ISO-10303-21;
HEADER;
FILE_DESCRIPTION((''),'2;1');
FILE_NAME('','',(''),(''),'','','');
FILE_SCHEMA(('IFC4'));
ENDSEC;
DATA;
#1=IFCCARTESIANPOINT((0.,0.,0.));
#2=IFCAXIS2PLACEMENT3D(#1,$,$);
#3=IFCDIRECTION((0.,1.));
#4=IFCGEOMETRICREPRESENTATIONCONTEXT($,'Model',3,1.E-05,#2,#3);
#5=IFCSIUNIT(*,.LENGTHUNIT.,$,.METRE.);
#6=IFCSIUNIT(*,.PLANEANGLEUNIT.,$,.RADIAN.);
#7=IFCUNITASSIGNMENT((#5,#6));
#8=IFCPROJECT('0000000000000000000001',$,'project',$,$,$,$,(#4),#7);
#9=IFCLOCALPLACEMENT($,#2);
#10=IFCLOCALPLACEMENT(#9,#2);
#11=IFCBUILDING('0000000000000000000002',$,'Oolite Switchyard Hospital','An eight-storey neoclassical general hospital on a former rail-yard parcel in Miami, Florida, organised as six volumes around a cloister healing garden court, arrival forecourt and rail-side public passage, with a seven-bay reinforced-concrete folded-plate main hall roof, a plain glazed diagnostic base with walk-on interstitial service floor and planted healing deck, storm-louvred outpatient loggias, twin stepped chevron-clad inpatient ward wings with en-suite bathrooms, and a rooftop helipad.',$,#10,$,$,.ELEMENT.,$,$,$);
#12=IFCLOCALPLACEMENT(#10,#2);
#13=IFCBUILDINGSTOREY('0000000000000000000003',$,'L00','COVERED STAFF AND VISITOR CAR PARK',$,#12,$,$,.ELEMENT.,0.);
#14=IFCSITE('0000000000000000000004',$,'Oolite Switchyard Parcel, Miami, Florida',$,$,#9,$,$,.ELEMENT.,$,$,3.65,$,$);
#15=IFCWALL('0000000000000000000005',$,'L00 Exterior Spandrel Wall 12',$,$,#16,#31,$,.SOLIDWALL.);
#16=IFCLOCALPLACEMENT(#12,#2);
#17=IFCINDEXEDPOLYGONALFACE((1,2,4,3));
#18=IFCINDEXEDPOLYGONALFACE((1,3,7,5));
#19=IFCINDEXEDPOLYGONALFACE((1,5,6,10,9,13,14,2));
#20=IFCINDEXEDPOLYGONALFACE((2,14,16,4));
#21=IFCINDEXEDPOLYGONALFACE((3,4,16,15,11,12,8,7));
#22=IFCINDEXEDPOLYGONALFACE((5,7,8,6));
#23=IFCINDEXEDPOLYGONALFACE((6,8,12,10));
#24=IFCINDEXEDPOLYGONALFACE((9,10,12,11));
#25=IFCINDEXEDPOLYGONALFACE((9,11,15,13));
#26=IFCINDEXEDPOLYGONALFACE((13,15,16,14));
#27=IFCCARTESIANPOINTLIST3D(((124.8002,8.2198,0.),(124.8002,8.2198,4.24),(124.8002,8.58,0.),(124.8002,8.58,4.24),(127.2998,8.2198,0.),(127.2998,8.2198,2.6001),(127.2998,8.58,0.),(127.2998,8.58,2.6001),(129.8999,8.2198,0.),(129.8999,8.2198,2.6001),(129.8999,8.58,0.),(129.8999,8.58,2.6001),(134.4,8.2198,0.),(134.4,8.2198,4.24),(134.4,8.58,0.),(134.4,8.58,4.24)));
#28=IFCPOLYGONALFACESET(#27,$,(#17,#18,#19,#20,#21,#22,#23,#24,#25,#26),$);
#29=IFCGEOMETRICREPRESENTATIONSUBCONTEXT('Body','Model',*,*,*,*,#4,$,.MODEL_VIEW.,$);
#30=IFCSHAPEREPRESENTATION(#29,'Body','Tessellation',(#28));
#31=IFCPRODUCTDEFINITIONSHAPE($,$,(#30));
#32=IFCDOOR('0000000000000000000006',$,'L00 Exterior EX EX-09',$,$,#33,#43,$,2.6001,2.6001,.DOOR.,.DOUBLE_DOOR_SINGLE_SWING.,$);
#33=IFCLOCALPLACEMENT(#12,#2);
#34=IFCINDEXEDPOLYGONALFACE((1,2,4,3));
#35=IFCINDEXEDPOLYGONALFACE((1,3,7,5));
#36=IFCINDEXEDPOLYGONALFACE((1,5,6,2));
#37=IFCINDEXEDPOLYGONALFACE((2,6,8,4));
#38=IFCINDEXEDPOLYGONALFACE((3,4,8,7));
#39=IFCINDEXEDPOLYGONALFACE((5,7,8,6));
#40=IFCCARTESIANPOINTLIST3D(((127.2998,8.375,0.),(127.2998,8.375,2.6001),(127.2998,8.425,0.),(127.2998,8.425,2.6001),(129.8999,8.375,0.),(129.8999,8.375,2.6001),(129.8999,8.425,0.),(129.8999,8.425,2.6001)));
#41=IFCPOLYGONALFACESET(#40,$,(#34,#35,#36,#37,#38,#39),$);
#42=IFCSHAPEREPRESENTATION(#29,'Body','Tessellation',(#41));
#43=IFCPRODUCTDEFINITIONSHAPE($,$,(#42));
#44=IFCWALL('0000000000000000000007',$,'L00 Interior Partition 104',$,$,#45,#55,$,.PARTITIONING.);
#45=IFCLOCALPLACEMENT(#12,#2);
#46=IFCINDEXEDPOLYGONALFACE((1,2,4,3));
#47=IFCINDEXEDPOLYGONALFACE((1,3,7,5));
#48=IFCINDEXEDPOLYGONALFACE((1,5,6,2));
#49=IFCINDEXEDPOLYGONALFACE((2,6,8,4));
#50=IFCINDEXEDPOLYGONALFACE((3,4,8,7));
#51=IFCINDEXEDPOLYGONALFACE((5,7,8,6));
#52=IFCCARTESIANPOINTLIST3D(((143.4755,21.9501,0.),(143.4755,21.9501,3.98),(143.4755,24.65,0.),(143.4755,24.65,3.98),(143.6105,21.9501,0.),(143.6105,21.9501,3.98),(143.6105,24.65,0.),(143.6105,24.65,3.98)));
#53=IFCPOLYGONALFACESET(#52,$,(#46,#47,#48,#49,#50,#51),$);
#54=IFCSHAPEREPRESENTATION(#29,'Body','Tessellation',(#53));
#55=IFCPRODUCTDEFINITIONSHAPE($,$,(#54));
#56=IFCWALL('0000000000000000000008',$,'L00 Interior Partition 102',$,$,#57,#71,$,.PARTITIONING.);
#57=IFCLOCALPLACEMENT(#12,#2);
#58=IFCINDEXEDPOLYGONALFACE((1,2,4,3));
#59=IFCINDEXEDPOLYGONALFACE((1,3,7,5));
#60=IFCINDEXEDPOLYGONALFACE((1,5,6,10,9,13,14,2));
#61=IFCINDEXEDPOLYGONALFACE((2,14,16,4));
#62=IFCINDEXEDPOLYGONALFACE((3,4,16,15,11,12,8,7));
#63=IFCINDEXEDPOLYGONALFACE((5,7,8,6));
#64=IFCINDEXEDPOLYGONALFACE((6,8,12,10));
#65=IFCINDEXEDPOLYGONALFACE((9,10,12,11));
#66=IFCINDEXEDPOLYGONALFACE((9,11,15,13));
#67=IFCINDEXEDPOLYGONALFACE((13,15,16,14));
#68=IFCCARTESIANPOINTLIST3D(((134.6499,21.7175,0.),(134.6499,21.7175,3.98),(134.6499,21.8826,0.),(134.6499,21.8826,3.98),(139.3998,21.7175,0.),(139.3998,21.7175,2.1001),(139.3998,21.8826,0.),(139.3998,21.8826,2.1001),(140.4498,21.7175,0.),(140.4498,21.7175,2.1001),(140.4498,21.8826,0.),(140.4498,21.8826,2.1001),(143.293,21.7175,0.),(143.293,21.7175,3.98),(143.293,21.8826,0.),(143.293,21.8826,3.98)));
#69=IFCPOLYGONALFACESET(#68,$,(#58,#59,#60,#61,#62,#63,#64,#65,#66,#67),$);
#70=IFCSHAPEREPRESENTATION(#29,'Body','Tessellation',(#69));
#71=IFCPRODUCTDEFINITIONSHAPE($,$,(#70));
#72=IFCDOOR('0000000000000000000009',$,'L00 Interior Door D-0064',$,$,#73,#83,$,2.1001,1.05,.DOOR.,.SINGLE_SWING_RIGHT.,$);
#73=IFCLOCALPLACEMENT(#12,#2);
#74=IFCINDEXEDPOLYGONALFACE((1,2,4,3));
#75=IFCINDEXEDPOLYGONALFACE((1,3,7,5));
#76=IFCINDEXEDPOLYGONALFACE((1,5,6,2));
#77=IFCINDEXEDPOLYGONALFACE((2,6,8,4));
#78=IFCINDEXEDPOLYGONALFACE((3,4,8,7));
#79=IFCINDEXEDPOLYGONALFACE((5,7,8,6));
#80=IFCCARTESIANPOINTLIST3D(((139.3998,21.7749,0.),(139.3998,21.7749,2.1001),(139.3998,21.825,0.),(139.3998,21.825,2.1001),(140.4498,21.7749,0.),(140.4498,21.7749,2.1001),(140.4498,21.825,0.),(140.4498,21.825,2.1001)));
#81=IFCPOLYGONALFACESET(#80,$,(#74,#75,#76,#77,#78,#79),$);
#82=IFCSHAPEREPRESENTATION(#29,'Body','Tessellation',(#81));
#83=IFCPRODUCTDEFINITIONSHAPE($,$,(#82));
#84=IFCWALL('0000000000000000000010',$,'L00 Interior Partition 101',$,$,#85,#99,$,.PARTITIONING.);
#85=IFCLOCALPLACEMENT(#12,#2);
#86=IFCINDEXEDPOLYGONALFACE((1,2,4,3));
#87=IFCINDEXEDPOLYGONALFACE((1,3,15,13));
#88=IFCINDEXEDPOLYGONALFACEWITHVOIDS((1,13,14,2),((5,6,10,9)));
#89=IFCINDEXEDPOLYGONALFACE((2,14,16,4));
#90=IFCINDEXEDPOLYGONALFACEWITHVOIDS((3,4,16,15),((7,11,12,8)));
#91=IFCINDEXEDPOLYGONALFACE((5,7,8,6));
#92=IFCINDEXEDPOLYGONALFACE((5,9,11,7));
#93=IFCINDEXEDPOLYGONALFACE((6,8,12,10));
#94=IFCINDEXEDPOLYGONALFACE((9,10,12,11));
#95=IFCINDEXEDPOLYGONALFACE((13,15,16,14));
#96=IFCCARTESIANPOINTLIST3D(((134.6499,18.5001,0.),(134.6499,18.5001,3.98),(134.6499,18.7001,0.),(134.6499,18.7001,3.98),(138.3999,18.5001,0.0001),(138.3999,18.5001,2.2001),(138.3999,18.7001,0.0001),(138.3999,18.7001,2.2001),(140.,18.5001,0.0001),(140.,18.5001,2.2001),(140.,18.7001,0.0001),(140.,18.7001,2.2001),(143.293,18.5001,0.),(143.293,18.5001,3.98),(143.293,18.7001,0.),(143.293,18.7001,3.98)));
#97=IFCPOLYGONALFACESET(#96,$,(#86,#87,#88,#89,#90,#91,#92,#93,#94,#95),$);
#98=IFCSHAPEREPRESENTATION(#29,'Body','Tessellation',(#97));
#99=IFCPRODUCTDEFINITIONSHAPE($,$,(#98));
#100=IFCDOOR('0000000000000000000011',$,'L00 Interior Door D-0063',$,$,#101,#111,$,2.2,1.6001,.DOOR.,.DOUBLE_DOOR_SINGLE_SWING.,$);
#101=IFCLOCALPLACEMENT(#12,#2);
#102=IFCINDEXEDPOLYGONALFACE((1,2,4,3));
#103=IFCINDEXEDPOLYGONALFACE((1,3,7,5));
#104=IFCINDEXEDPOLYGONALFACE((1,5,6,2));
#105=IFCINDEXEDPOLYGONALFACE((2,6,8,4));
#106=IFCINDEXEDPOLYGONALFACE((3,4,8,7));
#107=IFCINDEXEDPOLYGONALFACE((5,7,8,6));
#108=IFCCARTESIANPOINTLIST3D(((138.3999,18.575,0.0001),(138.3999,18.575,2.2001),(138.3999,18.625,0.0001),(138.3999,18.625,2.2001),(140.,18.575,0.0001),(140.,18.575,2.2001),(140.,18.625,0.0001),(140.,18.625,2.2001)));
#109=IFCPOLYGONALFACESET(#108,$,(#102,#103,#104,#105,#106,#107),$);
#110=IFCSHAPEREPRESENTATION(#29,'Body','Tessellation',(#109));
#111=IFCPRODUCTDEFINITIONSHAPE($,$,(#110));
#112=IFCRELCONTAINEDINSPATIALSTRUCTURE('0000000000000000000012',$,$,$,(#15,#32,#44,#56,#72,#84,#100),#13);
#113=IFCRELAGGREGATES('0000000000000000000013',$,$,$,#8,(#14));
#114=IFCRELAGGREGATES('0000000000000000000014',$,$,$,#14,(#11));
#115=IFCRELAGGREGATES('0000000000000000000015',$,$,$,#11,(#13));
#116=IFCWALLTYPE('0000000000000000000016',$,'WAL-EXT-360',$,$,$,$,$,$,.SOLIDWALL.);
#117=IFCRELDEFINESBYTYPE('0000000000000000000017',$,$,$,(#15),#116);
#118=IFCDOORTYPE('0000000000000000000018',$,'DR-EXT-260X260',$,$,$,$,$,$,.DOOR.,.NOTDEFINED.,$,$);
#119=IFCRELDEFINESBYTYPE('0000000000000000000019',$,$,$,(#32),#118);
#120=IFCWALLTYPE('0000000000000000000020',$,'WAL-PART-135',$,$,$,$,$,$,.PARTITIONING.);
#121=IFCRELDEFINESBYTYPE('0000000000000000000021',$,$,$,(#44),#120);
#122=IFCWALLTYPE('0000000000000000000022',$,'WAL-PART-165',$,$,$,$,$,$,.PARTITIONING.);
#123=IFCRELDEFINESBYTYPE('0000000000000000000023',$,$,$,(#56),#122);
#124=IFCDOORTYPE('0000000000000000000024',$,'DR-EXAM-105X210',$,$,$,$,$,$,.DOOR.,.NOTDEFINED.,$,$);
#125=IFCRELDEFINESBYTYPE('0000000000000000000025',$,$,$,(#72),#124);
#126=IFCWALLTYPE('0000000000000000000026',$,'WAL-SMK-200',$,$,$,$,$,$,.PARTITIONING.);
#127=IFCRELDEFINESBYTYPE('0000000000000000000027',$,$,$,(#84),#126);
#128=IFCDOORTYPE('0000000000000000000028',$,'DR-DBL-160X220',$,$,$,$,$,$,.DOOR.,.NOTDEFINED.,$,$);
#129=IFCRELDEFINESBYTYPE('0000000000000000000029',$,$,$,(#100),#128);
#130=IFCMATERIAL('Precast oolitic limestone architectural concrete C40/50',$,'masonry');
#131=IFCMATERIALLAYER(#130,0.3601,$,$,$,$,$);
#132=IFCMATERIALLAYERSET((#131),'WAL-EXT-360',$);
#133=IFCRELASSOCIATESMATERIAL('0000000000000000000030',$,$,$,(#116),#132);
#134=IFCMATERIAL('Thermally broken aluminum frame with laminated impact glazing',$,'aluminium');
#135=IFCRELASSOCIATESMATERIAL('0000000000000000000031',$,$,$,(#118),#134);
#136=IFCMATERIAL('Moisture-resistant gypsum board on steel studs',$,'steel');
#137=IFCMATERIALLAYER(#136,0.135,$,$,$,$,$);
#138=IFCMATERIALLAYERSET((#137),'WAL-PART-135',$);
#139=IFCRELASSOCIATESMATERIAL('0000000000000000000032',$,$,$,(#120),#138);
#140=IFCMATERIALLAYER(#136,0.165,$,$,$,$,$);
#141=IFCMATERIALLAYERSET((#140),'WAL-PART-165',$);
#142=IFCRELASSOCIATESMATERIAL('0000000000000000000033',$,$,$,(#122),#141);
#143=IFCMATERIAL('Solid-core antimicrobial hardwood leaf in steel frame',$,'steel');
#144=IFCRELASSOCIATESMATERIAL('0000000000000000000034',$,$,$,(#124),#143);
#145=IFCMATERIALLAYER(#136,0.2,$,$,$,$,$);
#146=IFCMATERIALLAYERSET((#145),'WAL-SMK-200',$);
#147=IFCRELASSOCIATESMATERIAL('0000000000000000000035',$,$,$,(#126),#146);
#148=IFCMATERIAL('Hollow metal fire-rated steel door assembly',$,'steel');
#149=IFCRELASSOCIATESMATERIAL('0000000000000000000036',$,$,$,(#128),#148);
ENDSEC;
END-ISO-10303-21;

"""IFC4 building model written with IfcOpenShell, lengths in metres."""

from ifc_helpers import new_model, si_unit, direction, frame, frame_2d, origin, place, context, subcontext, project, spatial, rectangle, extrude, material, layer, layer_set, type_object, element, fill, save


model = new_model("IFC4")

# Units and contexts
model_context = context("Model", 3, precision=1e-05, world=origin(), true_north=direction((0.0, 1.0)))
body_context = subcontext(model_context, "Body", "Model", "MODEL_VIEW")
ifc_project = project(units=[si_unit("LENGTHUNIT", "METRE"), si_unit("PLANEANGLEUNIT", "RADIAN")], contexts=[model_context])

# Site, building, storey
site_placement = place(None, origin())
site = spatial("IfcSite", under=ifc_project, at=site_placement, Name="Oolite Switchyard Parcel, Miami, Florida", CompositionType="ELEMENT", RefElevation=3.65)
building_placement = place(site_placement, origin())
building = spatial("IfcBuilding", under=site, at=building_placement, Name="Oolite Switchyard Hospital", Description="An eight-storey neoclassical general hospital on a former rail-yard parcel in Miami, Florida, organised as six volumes around a cloister healing garden court, arrival forecourt and rail-side public passage, with a seven-bay reinforced-concrete folded-plate main hall roof, a plain glazed diagnostic base with walk-on interstitial service floor and planted healing deck, storm-louvred outpatient loggias, twin stepped chevron-clad inpatient ward wings with en-suite bathrooms, and a rooftop helipad.", CompositionType="ELEMENT")
storey_placement = place(building_placement, origin())
storey = spatial("IfcBuildingStorey", under=building, at=storey_placement, Name="L00", Description="COVERED STAFF AND VISITOR CAR PARK", CompositionType="ELEMENT", Elevation=0.0)

# Wall, opening, door
ifc_material_1 = material(Name="Precast oolitic limestone architectural concrete C40/50", Category="masonry")
ifc_layer_1 = layer(ifc_material_1, 0.3601)
ifc_layer_set_1 = layer_set([ifc_layer_1], Name="WAL-EXT-360")
wall_type_1 = type_object("IfcWallType", Name="WAL-EXT-360", PredefinedType="SOLIDWALL", material=ifc_layer_set_1)
wall_1_placement = place(storey_placement, frame((134.3999, 8.3999, 0.0), z_axis=(0.0, 0.0, 1.0), x_axis=(-1.0, 0.0, 0.0)))
wall_1 = element("IfcWall", 1, at=wall_1_placement, inside=storey, type_object=wall_type_1, Name="L00 Exterior Spandrel Wall 12", PredefinedType="SOLIDWALL", context=body_context, shape_type="SweptSolid", body=[
    extrude(rectangle(XDim=9.5999, YDim=0.3601, at=frame_2d((4.7998, 0.0))), origin(), (0.0, 0.0, 1.0), 4.24),
])
opening_1_placement = place(wall_1_placement, frame((4.5, 0.0, 0.0)))
opening_1 = element("IfcOpeningElement", 2, at=opening_1_placement, cuts=wall_1, PredefinedType="OPENING", context=body_context, shape_type="SweptSolid", body=[
    extrude(rectangle(XDim=2.6001, YDim=2.6001, at=frame_2d((1.3, 1.3))), frame((0.0, 0.1899, 0.0), z_axis=(0.0, -1.0, 0.0), x_axis=(1.0, 0.0, 0.0)), (0.0, 0.0, 1.0), 0.3801),
])
ifc_material_2 = material(Name="Thermally broken aluminum frame with laminated impact glazing", Category="aluminium")
door_type_1 = type_object("IfcDoorType", Name="DR-EXT-260X260", OperationType="NOTDEFINED", PredefinedType="DOOR", material=ifc_material_2)
door_1_placement = place(opening_1_placement, origin())
door_1 = element("IfcDoor", 3, at=door_1_placement, inside=storey, type_object=door_type_1, Name="L00 Exterior EX EX-09", OperationType="DOUBLE_DOOR_SINGLE_SWING", OverallHeight=2.6001, OverallWidth=2.6001, PredefinedType="DOOR", context=body_context, shape_type="SweptSolid", body=[
    extrude(rectangle(XDim=2.6001, YDim=2.6001, at=frame_2d((1.3, 1.3))), frame((0.0, 0.0249, 0.0), z_axis=(0.0, -1.0, 0.0), x_axis=(1.0, 0.0, 0.0)), (0.0, 0.0, 1.0), 0.05),
])
fill(opening_1, door_1)

# Wall
ifc_material_3 = material(Name="Moisture-resistant gypsum board on steel studs", Category="steel")
ifc_layer_2 = layer(ifc_material_3, 0.135)
ifc_layer_set_2 = layer_set([ifc_layer_2], Name="WAL-PART-135")
wall_type_2 = type_object("IfcWallType", Name="WAL-PART-135", PredefinedType="PARTITIONING", material=ifc_layer_set_2)
wall_2_placement = place(storey_placement, frame((143.543, 21.95, 0.0), z_axis=(0.0, 0.0, 1.0), x_axis=(0.0, 1.0, 0.0)))
element("IfcWall", 4, at=wall_2_placement, inside=storey, type_object=wall_type_2, Name="L00 Interior Partition 104", PredefinedType="PARTITIONING", context=body_context, shape_type="SweptSolid", body=[
    extrude(rectangle(XDim=2.7, YDim=0.135, at=frame_2d((1.3501, 0.0))), origin(), (0.0, 0.0, 1.0), 3.98),
])

# Walls, openings, doors
ifc_layer_3 = layer(ifc_material_3, 0.165)
ifc_layer_set_3 = layer_set([ifc_layer_3], Name="WAL-PART-165")
wall_type_3 = type_object("IfcWallType", Name="WAL-PART-165", PredefinedType="PARTITIONING", material=ifc_layer_set_3)
wall_3_placement = place(storey_placement, frame((134.6499, 21.8, 0.0), z_axis=(0.0, 0.0, 1.0), x_axis=(1.0, 0.0, 0.0)))
wall_3 = element("IfcWall", 5, at=wall_3_placement, inside=storey, type_object=wall_type_3, Name="L00 Interior Partition 102", PredefinedType="PARTITIONING", context=body_context, shape_type="SweptSolid", body=[
    extrude(rectangle(XDim=8.6431, YDim=0.165, at=frame_2d((4.3215, 0.0))), origin(), (0.0, 0.0, 1.0), 3.98),
])
opening_2_placement = place(wall_3_placement, frame((4.75, 0.0, 0.0)))
opening_2 = element("IfcOpeningElement", 6, at=opening_2_placement, cuts=wall_3, PredefinedType="OPENING", context=body_context, shape_type="SweptSolid", body=[
    extrude(rectangle(XDim=1.05, YDim=2.1001, at=frame_2d((0.5249, 1.05))), frame((0.0, 0.0925, 0.0), z_axis=(0.0, -1.0, 0.0), x_axis=(1.0, 0.0, 0.0)), (0.0, 0.0, 1.0), 0.1851),
])
ifc_material_4 = material(Name="Solid-core antimicrobial hardwood leaf in steel frame", Category="steel")
door_type_2 = type_object("IfcDoorType", Name="DR-EXAM-105X210", OperationType="NOTDEFINED", PredefinedType="DOOR", material=ifc_material_4)
door_2_placement = place(opening_2_placement, origin())
door_2 = element("IfcDoor", 7, at=door_2_placement, inside=storey, type_object=door_type_2, Name="L00 Interior Door D-0064", OperationType="SINGLE_SWING_RIGHT", OverallHeight=2.1001, OverallWidth=1.05, PredefinedType="DOOR", context=body_context, shape_type="SweptSolid", body=[
    extrude(rectangle(XDim=1.05, YDim=2.1001, at=frame_2d((0.5249, 1.05))), frame((0.0, 0.0249, 0.0), z_axis=(0.0, -1.0, 0.0), x_axis=(1.0, 0.0, 0.0)), (0.0, 0.0, 1.0), 0.05),
])
fill(opening_2, door_2)
ifc_layer_4 = layer(ifc_material_3, 0.2)
ifc_layer_set_4 = layer_set([ifc_layer_4], Name="WAL-SMK-200")
wall_type_4 = type_object("IfcWallType", Name="WAL-SMK-200", PredefinedType="PARTITIONING", material=ifc_layer_set_4)
wall_4_placement = place(storey_placement, frame((134.6499, 18.6001, 0.0), z_axis=(0.0, 0.0, 1.0), x_axis=(1.0, 0.0, 0.0)))
wall_4 = element("IfcWall", 8, at=wall_4_placement, inside=storey, type_object=wall_type_4, Name="L00 Interior Partition 101", PredefinedType="PARTITIONING", context=body_context, shape_type="SweptSolid", body=[
    extrude(rectangle(XDim=8.6431, YDim=0.2, at=frame_2d((4.3215, 0.0))), origin(), (0.0, 0.0, 1.0), 3.98),
])
opening_3_placement = place(wall_4_placement, frame((3.75, 0.0, 0.0)))
opening_3 = element("IfcOpeningElement", 9, at=opening_3_placement, cuts=wall_4, PredefinedType="OPENING", context=body_context, shape_type="SweptSolid", body=[
    extrude(rectangle(XDim=1.6001, YDim=2.2, at=frame_2d((0.8, 1.1001))), frame((0.0, 0.1099, 0.0), z_axis=(0.0, -1.0, 0.0), x_axis=(1.0, 0.0, 0.0)), (0.0, 0.0, 1.0), 0.22),
])
ifc_material_5 = material(Name="Hollow metal fire-rated steel door assembly", Category="steel")
door_type_3 = type_object("IfcDoorType", Name="DR-DBL-160X220", OperationType="NOTDEFINED", PredefinedType="DOOR", material=ifc_material_5)
door_3_placement = place(opening_3_placement, origin())
door_3 = element("IfcDoor", 10, at=door_3_placement, inside=storey, type_object=door_type_3, Name="L00 Interior Door D-0063", OperationType="DOUBLE_DOOR_SINGLE_SWING", OverallHeight=2.2, OverallWidth=1.6001, PredefinedType="DOOR", context=body_context, shape_type="SweptSolid", body=[
    extrude(rectangle(XDim=1.6001, YDim=2.2, at=frame_2d((0.8, 1.1001))), frame((0.0, 0.0249, 0.0), z_axis=(0.0, -1.0, 0.0), x_axis=(1.0, 0.0, 0.0)), (0.0, 0.0, 1.0), 0.05),
])
fill(opening_3, door_3)

save(model, "model.ifc")
